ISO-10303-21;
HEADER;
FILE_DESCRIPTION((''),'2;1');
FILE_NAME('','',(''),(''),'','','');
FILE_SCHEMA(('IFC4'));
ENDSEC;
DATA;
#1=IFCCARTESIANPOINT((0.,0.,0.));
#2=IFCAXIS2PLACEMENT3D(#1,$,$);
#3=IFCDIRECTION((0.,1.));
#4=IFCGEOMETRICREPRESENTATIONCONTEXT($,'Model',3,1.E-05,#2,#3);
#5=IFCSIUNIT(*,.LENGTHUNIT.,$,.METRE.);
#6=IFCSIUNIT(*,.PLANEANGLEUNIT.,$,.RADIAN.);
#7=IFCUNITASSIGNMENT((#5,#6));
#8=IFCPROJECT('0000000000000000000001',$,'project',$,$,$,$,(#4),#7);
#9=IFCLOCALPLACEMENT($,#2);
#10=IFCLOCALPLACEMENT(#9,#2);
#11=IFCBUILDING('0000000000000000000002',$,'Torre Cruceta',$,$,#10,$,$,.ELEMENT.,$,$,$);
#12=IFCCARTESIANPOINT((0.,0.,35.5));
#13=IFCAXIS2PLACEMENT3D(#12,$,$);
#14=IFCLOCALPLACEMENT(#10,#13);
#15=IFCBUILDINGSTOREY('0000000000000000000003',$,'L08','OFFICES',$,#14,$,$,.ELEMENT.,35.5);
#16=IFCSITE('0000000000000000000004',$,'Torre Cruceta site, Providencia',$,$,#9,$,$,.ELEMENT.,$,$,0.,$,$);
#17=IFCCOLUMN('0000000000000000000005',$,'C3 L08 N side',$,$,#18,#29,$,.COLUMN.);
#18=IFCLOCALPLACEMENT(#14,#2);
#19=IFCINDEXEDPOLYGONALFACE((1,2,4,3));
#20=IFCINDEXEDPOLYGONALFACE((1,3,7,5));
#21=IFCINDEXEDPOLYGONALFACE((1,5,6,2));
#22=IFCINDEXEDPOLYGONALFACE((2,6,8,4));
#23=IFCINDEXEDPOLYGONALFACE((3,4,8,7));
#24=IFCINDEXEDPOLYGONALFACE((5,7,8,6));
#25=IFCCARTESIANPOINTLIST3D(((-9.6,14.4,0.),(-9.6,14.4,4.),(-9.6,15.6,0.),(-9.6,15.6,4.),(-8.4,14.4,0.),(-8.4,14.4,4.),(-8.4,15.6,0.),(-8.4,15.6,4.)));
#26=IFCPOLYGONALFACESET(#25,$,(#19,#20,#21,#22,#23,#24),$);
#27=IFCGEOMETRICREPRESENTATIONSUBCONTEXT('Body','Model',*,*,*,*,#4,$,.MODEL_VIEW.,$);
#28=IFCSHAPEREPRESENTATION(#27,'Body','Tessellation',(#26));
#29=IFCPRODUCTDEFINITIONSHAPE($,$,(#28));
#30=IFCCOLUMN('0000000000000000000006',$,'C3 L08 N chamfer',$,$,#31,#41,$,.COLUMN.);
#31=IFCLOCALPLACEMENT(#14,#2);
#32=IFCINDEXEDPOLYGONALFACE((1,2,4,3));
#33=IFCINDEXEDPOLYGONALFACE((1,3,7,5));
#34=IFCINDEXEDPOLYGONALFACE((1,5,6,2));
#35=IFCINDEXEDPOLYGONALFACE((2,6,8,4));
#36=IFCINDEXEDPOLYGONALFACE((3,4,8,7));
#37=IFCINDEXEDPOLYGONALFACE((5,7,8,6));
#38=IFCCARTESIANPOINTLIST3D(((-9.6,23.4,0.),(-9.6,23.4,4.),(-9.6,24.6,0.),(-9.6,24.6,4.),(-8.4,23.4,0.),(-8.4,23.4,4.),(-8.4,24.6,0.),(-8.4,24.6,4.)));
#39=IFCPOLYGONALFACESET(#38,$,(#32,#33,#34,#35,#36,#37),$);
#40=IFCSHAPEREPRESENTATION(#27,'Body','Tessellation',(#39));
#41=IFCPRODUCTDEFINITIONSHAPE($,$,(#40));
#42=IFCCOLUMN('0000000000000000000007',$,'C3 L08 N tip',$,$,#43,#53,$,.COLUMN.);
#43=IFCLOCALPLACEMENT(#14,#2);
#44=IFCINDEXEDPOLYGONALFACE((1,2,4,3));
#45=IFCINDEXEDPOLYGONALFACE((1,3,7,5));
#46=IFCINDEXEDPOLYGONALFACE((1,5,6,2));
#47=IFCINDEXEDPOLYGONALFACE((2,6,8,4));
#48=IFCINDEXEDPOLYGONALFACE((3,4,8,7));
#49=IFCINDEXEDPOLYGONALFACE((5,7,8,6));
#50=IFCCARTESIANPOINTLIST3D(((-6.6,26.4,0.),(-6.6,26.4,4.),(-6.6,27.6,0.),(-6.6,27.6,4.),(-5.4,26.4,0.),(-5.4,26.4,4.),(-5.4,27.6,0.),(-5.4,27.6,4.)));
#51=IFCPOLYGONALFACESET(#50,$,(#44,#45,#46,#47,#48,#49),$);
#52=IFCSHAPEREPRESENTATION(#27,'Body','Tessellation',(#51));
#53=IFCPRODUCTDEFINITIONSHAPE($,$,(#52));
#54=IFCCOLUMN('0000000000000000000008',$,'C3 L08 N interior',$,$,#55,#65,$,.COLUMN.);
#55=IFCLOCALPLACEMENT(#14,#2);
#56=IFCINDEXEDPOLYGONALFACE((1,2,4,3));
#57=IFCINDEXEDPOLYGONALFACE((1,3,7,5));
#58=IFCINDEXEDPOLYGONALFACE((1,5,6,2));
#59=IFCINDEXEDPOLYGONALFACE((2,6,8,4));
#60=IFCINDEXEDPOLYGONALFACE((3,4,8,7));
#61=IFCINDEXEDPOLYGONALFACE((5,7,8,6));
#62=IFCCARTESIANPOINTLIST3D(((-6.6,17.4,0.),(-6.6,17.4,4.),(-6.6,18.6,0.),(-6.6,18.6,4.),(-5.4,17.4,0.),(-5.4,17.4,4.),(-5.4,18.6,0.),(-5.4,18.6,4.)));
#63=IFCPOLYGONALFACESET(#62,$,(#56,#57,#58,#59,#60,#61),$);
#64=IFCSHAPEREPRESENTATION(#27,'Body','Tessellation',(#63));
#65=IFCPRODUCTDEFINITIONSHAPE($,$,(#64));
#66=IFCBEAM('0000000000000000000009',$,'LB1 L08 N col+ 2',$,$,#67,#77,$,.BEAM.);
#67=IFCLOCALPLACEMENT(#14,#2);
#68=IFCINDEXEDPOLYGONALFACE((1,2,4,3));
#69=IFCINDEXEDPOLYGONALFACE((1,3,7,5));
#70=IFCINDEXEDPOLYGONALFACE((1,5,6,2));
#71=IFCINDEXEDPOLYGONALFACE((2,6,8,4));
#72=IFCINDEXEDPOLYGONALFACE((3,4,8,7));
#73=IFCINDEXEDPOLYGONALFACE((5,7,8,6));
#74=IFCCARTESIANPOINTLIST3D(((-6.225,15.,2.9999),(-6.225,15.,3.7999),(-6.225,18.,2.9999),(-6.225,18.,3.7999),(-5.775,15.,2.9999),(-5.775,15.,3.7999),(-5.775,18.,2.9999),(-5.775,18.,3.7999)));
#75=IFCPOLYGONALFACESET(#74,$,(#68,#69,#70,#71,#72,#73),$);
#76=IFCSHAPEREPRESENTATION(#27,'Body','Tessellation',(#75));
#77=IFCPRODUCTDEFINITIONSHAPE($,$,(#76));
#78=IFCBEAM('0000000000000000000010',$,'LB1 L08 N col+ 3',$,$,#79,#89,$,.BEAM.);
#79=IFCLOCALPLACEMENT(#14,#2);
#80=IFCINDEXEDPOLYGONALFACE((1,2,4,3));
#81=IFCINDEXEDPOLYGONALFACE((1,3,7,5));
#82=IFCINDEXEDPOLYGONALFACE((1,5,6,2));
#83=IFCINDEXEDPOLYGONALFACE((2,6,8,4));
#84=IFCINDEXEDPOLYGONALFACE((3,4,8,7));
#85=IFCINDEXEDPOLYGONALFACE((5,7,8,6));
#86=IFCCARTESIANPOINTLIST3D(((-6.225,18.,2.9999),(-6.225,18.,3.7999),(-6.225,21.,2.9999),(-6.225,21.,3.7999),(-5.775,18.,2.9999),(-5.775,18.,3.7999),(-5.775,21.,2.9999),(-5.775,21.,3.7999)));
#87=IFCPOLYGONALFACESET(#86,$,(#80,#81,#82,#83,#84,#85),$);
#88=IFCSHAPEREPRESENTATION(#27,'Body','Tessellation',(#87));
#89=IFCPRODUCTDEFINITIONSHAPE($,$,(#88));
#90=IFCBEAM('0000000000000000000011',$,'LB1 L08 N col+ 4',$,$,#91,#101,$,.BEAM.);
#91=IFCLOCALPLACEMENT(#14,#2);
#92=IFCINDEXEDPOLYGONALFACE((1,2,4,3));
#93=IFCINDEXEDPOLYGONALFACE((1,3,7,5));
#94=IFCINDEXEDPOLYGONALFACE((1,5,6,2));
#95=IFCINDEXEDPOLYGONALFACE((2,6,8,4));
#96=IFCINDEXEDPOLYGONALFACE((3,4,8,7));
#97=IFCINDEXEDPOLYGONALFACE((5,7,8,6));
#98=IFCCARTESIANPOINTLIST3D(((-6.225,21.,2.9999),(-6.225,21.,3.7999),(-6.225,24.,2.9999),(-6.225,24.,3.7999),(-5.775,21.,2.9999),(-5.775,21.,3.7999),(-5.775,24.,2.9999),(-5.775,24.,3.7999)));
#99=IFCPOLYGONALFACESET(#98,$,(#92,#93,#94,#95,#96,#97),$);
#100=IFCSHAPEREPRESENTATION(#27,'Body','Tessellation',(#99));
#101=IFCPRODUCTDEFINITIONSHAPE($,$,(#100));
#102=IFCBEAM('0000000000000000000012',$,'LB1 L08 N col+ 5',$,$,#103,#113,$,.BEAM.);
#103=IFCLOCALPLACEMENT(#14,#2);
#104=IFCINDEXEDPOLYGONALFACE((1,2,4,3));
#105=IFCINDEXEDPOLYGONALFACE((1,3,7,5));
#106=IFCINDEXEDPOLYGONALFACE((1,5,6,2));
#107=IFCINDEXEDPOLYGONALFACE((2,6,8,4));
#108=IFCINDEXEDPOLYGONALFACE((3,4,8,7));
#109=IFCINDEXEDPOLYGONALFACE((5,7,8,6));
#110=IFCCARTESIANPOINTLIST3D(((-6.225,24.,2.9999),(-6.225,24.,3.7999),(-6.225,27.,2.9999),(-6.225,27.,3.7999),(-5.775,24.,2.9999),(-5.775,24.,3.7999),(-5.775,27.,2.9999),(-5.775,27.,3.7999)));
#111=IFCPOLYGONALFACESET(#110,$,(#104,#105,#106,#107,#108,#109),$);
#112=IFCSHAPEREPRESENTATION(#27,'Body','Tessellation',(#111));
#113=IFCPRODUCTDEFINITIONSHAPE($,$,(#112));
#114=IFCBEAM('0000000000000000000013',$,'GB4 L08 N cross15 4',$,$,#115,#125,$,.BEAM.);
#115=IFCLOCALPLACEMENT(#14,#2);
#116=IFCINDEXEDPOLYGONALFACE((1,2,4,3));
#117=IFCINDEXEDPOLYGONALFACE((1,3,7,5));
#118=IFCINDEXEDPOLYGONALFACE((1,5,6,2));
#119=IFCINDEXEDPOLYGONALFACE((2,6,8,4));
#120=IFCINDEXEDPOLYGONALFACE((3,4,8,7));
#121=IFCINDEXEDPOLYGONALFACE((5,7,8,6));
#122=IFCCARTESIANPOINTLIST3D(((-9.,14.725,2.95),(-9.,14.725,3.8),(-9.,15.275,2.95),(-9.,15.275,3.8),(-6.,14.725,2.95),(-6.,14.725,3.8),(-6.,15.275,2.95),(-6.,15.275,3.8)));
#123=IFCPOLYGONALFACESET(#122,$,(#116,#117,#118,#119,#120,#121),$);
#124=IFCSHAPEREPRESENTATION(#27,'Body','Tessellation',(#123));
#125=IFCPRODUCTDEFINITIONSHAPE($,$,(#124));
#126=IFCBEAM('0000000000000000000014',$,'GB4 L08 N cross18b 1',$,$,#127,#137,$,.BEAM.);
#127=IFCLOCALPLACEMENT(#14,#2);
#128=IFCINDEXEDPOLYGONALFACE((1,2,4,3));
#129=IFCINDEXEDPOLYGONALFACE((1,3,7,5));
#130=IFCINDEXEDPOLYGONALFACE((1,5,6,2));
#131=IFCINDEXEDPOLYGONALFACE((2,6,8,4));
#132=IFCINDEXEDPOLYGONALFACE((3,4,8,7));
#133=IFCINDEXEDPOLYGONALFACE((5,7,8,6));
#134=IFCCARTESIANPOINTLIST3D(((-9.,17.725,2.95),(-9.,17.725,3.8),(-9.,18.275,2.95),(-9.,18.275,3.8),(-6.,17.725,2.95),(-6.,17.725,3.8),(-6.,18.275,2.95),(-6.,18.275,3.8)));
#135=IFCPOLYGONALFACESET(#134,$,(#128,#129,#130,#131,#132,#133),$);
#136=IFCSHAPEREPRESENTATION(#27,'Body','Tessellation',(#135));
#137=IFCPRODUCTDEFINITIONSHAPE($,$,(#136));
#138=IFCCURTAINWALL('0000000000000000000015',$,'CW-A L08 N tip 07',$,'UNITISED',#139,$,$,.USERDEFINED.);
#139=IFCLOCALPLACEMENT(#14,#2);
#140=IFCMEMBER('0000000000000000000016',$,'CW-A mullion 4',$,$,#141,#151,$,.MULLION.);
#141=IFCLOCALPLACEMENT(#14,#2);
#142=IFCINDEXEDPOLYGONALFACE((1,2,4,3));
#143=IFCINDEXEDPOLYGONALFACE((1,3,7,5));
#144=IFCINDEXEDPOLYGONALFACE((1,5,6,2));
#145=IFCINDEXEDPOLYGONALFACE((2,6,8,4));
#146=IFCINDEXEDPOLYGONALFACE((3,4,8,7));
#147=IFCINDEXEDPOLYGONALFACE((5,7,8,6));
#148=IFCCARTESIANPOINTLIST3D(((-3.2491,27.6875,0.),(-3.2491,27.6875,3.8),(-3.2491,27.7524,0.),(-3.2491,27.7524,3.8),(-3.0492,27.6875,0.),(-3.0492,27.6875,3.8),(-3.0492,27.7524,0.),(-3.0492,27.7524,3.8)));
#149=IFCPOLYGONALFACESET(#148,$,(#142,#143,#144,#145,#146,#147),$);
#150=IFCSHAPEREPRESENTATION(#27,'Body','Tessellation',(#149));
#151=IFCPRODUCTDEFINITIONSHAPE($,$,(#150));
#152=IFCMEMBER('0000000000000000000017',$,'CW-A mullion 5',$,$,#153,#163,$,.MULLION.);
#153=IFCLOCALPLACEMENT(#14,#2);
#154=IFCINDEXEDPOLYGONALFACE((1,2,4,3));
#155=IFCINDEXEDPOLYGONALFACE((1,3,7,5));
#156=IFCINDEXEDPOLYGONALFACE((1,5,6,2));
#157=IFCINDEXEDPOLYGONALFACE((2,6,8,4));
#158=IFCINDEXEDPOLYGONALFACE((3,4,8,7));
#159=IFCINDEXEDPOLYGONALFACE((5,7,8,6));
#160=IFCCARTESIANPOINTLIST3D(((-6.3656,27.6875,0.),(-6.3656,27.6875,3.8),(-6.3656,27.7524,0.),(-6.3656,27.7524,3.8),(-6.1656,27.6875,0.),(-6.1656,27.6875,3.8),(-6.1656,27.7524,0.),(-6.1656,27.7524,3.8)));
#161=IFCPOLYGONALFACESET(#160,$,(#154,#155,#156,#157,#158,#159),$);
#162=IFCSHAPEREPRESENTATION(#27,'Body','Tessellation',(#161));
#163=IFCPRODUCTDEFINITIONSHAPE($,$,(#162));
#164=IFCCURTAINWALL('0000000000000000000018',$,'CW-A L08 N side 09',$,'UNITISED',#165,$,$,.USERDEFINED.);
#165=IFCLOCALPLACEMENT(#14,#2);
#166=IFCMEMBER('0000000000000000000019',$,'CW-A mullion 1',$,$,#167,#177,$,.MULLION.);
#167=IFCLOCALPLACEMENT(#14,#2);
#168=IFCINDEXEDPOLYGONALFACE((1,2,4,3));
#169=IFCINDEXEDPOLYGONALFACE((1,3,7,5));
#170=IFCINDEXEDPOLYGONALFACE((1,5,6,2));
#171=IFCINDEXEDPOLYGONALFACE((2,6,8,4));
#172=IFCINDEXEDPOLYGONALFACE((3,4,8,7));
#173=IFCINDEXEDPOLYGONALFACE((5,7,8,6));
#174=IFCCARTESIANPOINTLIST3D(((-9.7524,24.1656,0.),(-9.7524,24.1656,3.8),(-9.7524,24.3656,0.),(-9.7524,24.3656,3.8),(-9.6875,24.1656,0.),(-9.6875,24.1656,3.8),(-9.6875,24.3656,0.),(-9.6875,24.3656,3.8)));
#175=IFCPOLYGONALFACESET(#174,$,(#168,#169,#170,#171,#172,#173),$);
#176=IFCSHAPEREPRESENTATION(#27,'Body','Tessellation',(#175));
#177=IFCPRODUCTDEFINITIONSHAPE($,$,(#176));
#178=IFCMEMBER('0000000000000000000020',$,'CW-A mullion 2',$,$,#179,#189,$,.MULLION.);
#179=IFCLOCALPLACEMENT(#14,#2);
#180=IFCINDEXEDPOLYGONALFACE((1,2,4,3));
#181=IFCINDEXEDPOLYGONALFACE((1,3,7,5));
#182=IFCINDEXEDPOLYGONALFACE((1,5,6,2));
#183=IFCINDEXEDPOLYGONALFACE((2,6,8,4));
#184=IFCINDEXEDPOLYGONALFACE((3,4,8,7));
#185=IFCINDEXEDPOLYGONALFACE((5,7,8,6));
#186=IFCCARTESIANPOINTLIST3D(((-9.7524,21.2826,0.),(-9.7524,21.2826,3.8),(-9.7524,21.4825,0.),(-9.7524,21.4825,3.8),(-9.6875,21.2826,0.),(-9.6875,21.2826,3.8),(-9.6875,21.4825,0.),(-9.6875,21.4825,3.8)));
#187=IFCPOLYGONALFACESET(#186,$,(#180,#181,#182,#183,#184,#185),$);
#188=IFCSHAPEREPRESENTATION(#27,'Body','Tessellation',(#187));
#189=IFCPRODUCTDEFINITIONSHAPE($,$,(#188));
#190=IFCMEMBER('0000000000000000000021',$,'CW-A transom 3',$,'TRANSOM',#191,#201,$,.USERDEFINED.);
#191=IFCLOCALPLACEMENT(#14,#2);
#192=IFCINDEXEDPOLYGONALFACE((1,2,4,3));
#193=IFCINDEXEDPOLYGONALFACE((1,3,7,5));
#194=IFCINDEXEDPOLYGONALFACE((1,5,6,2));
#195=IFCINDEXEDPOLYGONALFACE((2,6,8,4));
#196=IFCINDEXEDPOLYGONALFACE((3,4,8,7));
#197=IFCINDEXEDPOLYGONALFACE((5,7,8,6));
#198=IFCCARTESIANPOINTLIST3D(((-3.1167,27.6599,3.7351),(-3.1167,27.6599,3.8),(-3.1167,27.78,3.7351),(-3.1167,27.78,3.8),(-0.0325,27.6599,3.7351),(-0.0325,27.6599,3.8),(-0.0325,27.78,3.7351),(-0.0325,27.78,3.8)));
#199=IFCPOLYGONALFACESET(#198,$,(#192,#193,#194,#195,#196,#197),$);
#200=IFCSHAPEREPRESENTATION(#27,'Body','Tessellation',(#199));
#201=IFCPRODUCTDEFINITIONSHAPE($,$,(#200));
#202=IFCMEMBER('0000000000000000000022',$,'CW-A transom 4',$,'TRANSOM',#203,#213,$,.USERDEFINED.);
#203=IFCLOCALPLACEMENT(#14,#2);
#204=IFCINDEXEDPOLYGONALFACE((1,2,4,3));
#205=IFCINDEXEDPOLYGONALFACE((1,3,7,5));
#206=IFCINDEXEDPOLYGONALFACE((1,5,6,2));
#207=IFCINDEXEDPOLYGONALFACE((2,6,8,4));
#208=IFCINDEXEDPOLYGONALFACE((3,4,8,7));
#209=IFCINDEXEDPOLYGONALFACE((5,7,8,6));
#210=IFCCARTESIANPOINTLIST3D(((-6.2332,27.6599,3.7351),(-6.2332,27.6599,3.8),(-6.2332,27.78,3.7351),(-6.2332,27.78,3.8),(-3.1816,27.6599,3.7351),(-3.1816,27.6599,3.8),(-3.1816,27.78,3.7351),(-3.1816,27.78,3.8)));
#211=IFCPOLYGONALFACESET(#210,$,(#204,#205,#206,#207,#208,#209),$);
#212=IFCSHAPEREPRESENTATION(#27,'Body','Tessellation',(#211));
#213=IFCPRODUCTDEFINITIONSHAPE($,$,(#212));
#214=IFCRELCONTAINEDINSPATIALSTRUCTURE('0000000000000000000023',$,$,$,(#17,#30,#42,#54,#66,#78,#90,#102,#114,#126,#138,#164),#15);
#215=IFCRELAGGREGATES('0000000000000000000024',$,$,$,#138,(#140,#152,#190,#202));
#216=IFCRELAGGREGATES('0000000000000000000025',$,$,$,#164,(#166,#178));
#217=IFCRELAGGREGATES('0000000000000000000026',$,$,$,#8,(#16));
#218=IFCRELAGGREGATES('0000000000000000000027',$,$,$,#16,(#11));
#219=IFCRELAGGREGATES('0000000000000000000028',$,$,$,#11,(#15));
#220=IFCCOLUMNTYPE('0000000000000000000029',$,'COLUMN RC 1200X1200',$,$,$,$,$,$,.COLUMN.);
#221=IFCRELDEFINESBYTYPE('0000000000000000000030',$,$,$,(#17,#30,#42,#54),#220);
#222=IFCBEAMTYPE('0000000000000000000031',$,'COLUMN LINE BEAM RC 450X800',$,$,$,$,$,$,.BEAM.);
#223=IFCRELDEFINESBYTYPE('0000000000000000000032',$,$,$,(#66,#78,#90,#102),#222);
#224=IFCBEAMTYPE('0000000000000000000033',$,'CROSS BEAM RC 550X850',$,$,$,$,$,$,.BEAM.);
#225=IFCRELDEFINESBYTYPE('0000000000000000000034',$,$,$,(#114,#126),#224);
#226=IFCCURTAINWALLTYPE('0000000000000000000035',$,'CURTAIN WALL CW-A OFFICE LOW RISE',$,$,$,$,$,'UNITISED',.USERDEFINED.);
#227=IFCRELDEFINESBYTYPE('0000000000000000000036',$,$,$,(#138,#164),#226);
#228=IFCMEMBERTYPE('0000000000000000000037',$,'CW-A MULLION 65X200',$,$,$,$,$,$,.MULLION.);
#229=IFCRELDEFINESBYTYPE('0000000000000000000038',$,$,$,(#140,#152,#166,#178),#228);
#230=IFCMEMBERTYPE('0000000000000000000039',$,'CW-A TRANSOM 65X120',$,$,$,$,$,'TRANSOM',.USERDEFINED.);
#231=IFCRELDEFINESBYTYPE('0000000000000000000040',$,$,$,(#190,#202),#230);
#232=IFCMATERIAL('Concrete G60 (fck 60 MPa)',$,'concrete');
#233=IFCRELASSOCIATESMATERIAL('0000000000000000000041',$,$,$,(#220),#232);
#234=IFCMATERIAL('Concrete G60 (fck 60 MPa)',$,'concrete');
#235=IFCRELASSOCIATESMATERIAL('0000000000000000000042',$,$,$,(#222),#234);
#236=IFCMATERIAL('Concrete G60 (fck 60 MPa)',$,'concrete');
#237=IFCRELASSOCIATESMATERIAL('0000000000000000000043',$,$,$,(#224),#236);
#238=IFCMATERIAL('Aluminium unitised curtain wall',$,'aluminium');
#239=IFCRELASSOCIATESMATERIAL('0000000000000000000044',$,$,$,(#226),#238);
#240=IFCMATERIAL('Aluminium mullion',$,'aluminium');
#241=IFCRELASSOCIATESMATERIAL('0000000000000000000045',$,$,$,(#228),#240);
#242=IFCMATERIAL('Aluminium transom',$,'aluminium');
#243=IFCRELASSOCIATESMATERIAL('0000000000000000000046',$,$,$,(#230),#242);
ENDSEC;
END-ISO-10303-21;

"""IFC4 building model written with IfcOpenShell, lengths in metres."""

from ifc_helpers import new_model, si_unit, direction, frame, origin, origin_2d, place, context, subcontext, project, spatial, rectangle, extrude, material, material_profile, profile_set, type_object, element, aggregate, save


model = new_model("IFC4")

# Units and contexts
model_context = context("Model", 3, precision=1e-05, world=origin(), true_north=direction((0.0, 1.0)))
body_context = subcontext(model_context, "Body", "Model", "MODEL_VIEW")
ifc_project = project(units=[si_unit("LENGTHUNIT", "METRE"), si_unit("PLANEANGLEUNIT", "RADIAN")], contexts=[model_context])

# Site, building, storey
site_placement = place(None, origin())
site = spatial("IfcSite", under=ifc_project, at=site_placement, Name="Torre Cruceta site, Providencia", CompositionType="ELEMENT", RefElevation=0.0)
building_placement = place(site_placement, origin())
building = spatial("IfcBuilding", under=site, at=building_placement, Name="Torre Cruceta", CompositionType="ELEMENT")
storey_placement = place(building_placement, frame((0.0, 0.0, 35.5)))
storey = spatial("IfcBuildingStorey", under=building, at=storey_placement, Name="L08", Description="OFFICES", CompositionType="ELEMENT", Elevation=35.5)

# Columns
ifc_material_1 = material(Name="Concrete G60 (fck 60 MPa)", Category="concrete")
ifc_material_profile_1 = material_profile(ifc_material_1, rectangle(XDim=1.2, YDim=1.2, at=origin_2d()), Name="RC 1200X1200")
ifc_profile_set_1 = profile_set([ifc_material_profile_1], Name="Concrete G60 (fck 60 MPa)")
column_type = type_object("IfcColumnType", Name="COLUMN RC 1200X1200", PredefinedType="COLUMN", material=ifc_profile_set_1)
for number, where, z_axis, x_axis, name in (
    (1, (-9.0, 15.0, 0.0), (0.0, 0.0, 1.0), (1.0, 0.0, 0.0), "C3 L08 N side"),
    (2, (-9.0, 24.0, 0.0), (0.0, 0.0, 1.0), (1.0, 0.0, 0.0), "C3 L08 N chamfer"),
    (3, (-6.0, 27.0, 0.0), (0.0, 0.0, 1.0), (1.0, 0.0, 0.0), "C3 L08 N tip"),
    (4, (-6.0, 18.0, 0.0), (0.0, 0.0, 1.0), (1.0, 0.0, 0.0), "C3 L08 N interior"),
):
    element("IfcColumn", number, at=place(storey_placement, frame(where, z_axis=z_axis, x_axis=x_axis)), inside=storey, type_object=column_type, Name=name, PredefinedType="COLUMN", context=body_context, shape_type="SweptSolid", body=[
        extrude(rectangle(XDim=1.2, YDim=1.2, at=origin_2d()), origin(), (0.0, 0.0, 1.0), 4.0),
    ])

# Beams
ifc_material_2 = material(Name="Concrete G60 (fck 60 MPa)", Category="concrete")
ifc_material_profile_2 = material_profile(ifc_material_2, rectangle(XDim=0.45, YDim=0.8, at=origin_2d()), Name="RC 450X800")
ifc_profile_set_2 = profile_set([ifc_material_profile_2], Name="Concrete G60 (fck 60 MPa)")
beam_type_1 = type_object("IfcBeamType", Name="COLUMN LINE BEAM RC 450X800", PredefinedType="BEAM", material=ifc_profile_set_2)
for number, where, z_axis, x_axis, name in (
    (5, (-6.0, 15.0, 3.3999), (0.0, 1.0, 0.0), (-1.0, 0.0, 0.0), "LB1 L08 N col+ 2"),
    (6, (-6.0, 18.0, 3.3999), (0.0, 1.0, 0.0), (-1.0, 0.0, 0.0), "LB1 L08 N col+ 3"),
    (7, (-6.0, 21.0, 3.3999), (0.0, 1.0, 0.0), (-1.0, 0.0, 0.0), "LB1 L08 N col+ 4"),
    (8, (-6.0, 24.0, 3.3999), (0.0, 1.0, 0.0), (-1.0, 0.0, 0.0), "LB1 L08 N col+ 5"),
):
    element("IfcBeam", number, at=place(storey_placement, frame(where, z_axis=z_axis, x_axis=x_axis)), inside=storey, type_object=beam_type_1, Name=name, PredefinedType="BEAM", context=body_context, shape_type="SweptSolid", body=[
        extrude(rectangle(XDim=0.45, YDim=0.8, at=origin_2d()), origin(), (0.0, 0.0, 1.0), 3.0),
    ])
ifc_material_3 = material(Name="Concrete G60 (fck 60 MPa)", Category="concrete")
ifc_material_profile_3 = material_profile(ifc_material_3, rectangle(XDim=0.55, YDim=0.8501, at=origin_2d()), Name="RC 550X850")
ifc_profile_set_3 = profile_set([ifc_material_profile_3], Name="Concrete G60 (fck 60 MPa)")
beam_type_2 = type_object("IfcBeamType", Name="CROSS BEAM RC 550X850", PredefinedType="BEAM", material=ifc_profile_set_3)
for number, where, z_axis, x_axis, name in (
    (9, (-6.0, 15.0, 3.375), (-1.0, 0.0, 0.0), (0.0, -1.0, 0.0), "GB4 L08 N cross15 4"),
    (10, (-6.0, 18.0, 3.375), (-1.0, 0.0, 0.0), (0.0, -1.0, 0.0), "GB4 L08 N cross18b 1"),
):
    element("IfcBeam", number, at=place(storey_placement, frame(where, z_axis=z_axis, x_axis=x_axis)), inside=storey, type_object=beam_type_2, Name=name, PredefinedType="BEAM", context=body_context, shape_type="SweptSolid", body=[
        extrude(rectangle(XDim=0.55, YDim=0.8501, at=origin_2d()), origin(), (0.0, 0.0, 1.0), 3.0),
    ])

# Curtain walls, members
ifc_material_4 = material(Name="Aluminium unitised curtain wall", Category="aluminium")
curtain_wall_type = type_object("IfcCurtainWallType", Name="CURTAIN WALL CW-A OFFICE LOW RISE", ElementType="UNITISED", PredefinedType="USERDEFINED", material=ifc_material_4)
curtain_wall_1_placement = place(storey_placement, origin())
curtain_wall_1 = element("IfcCurtainWall", 11, at=curtain_wall_1_placement, inside=storey, type_object=curtain_wall_type, Name="CW-A L08 N tip 07", ObjectType="UNITISED", PredefinedType="USERDEFINED")
ifc_material_5 = material(Name="Aluminium mullion", Category="aluminium")
ifc_material_profile_4 = material_profile(ifc_material_5, rectangle(XDim=0.0649, YDim=0.2, at=origin_2d()), Name="AL 65X200")
ifc_profile_set_4 = profile_set([ifc_material_profile_4], Name="Aluminium mullion")
member_type_1 = type_object("IfcMemberType", Name="CW-A MULLION 65X200", PredefinedType="MULLION", material=ifc_profile_set_4)
member_1_placement = place(storey_placement, frame((-3.1492, 27.72, 0.0), z_axis=(0.0, 0.0, 1.0), x_axis=(0.0, -1.0, 0.0)))
member_1 = element("IfcMember", 12, at=member_1_placement, type_object=member_type_1, Name="CW-A mullion 4", PredefinedType="MULLION", context=body_context, shape_type="SweptSolid", body=[
    extrude(rectangle(XDim=0.0649, YDim=0.2, at=origin_2d()), origin(), (0.0, 0.0, 1.0), 3.8),
])
member_2_placement = place(storey_placement, frame((-6.2656, 27.72, 0.0), z_axis=(0.0, 0.0, 1.0), x_axis=(0.0, -1.0, 0.0)))
member_2 = element("IfcMember", 13, at=member_2_placement, type_object=member_type_1, Name="CW-A mullion 5", PredefinedType="MULLION", context=body_context, shape_type="SweptSolid", body=[
    extrude(rectangle(XDim=0.0649, YDim=0.2, at=origin_2d()), origin(), (0.0, 0.0, 1.0), 3.8),
])
curtain_wall_2_placement = place(storey_placement, origin())
curtain_wall_2 = element("IfcCurtainWall", 14, at=curtain_wall_2_placement, inside=storey, type_object=curtain_wall_type, Name="CW-A L08 N side 09", ObjectType="UNITISED", PredefinedType="USERDEFINED")
member_3_placement = place(storey_placement, frame((-9.72, 24.2656, 0.0), z_axis=(0.0, 0.0, 1.0), x_axis=(1.0, 0.0, 0.0)))
member_3 = element("IfcMember", 15, at=member_3_placement, type_object=member_type_1, Name="CW-A mullion 1", PredefinedType="MULLION", context=body_context, shape_type="SweptSolid", body=[
    extrude(rectangle(XDim=0.0649, YDim=0.2, at=origin_2d()), origin(), (0.0, 0.0, 1.0), 3.8),
])
member_4_placement = place(storey_placement, frame((-9.72, 21.3826, 0.0), z_axis=(0.0, 0.0, 1.0), x_axis=(1.0, 0.0, 0.0)))
member_4 = element("IfcMember", 16, at=member_4_placement, type_object=member_type_1, Name="CW-A mullion 2", PredefinedType="MULLION", context=body_context, shape_type="SweptSolid", body=[
    extrude(rectangle(XDim=0.0649, YDim=0.2, at=origin_2d()), origin(), (0.0, 0.0, 1.0), 3.8),
])

# Members
ifc_material_6 = material(Name="Aluminium transom", Category="aluminium")
ifc_material_profile_5 = material_profile(ifc_material_6, rectangle(XDim=0.1201, YDim=0.0649, at=origin_2d()), Name="AL 120X65")
ifc_profile_set_5 = profile_set([ifc_material_profile_5], Name="Aluminium transom")
member_type_2 = type_object("IfcMemberType", Name="CW-A TRANSOM 65X120", ElementType="TRANSOM", PredefinedType="USERDEFINED", material=ifc_profile_set_5)
member_5_placement = place(storey_placement, frame((-0.0325, 27.72, 3.7676), z_axis=(-1.0, 0.0, 0.0), x_axis=(0.0, -1.0, 0.0)))
member_5 = element("IfcMember", 17, at=member_5_placement, type_object=member_type_2, Name="CW-A transom 3", ObjectType="TRANSOM", PredefinedType="USERDEFINED", context=body_context, shape_type="SweptSolid", body=[
    extrude(rectangle(XDim=0.1201, YDim=0.0649, at=origin_2d()), origin(), (0.0, 0.0, 1.0), 3.0842),
])
member_6_placement = place(storey_placement, frame((-3.1816, 27.72, 3.7676), z_axis=(-1.0, 0.0, 0.0), x_axis=(0.0, -1.0, 0.0)))
member_6 = element("IfcMember", 18, at=member_6_placement, type_object=member_type_2, Name="CW-A transom 4", ObjectType="TRANSOM", PredefinedType="USERDEFINED", context=body_context, shape_type="SweptSolid", body=[
    extrude(rectangle(XDim=0.1201, YDim=0.0649, at=origin_2d()), origin(), (0.0, 0.0, 1.0), 3.0515),
])

aggregate(curtain_wall_1, [member_1, member_2, member_5, member_6])
aggregate(curtain_wall_2, [member_3, member_4])

save(model, "model.ifc")
